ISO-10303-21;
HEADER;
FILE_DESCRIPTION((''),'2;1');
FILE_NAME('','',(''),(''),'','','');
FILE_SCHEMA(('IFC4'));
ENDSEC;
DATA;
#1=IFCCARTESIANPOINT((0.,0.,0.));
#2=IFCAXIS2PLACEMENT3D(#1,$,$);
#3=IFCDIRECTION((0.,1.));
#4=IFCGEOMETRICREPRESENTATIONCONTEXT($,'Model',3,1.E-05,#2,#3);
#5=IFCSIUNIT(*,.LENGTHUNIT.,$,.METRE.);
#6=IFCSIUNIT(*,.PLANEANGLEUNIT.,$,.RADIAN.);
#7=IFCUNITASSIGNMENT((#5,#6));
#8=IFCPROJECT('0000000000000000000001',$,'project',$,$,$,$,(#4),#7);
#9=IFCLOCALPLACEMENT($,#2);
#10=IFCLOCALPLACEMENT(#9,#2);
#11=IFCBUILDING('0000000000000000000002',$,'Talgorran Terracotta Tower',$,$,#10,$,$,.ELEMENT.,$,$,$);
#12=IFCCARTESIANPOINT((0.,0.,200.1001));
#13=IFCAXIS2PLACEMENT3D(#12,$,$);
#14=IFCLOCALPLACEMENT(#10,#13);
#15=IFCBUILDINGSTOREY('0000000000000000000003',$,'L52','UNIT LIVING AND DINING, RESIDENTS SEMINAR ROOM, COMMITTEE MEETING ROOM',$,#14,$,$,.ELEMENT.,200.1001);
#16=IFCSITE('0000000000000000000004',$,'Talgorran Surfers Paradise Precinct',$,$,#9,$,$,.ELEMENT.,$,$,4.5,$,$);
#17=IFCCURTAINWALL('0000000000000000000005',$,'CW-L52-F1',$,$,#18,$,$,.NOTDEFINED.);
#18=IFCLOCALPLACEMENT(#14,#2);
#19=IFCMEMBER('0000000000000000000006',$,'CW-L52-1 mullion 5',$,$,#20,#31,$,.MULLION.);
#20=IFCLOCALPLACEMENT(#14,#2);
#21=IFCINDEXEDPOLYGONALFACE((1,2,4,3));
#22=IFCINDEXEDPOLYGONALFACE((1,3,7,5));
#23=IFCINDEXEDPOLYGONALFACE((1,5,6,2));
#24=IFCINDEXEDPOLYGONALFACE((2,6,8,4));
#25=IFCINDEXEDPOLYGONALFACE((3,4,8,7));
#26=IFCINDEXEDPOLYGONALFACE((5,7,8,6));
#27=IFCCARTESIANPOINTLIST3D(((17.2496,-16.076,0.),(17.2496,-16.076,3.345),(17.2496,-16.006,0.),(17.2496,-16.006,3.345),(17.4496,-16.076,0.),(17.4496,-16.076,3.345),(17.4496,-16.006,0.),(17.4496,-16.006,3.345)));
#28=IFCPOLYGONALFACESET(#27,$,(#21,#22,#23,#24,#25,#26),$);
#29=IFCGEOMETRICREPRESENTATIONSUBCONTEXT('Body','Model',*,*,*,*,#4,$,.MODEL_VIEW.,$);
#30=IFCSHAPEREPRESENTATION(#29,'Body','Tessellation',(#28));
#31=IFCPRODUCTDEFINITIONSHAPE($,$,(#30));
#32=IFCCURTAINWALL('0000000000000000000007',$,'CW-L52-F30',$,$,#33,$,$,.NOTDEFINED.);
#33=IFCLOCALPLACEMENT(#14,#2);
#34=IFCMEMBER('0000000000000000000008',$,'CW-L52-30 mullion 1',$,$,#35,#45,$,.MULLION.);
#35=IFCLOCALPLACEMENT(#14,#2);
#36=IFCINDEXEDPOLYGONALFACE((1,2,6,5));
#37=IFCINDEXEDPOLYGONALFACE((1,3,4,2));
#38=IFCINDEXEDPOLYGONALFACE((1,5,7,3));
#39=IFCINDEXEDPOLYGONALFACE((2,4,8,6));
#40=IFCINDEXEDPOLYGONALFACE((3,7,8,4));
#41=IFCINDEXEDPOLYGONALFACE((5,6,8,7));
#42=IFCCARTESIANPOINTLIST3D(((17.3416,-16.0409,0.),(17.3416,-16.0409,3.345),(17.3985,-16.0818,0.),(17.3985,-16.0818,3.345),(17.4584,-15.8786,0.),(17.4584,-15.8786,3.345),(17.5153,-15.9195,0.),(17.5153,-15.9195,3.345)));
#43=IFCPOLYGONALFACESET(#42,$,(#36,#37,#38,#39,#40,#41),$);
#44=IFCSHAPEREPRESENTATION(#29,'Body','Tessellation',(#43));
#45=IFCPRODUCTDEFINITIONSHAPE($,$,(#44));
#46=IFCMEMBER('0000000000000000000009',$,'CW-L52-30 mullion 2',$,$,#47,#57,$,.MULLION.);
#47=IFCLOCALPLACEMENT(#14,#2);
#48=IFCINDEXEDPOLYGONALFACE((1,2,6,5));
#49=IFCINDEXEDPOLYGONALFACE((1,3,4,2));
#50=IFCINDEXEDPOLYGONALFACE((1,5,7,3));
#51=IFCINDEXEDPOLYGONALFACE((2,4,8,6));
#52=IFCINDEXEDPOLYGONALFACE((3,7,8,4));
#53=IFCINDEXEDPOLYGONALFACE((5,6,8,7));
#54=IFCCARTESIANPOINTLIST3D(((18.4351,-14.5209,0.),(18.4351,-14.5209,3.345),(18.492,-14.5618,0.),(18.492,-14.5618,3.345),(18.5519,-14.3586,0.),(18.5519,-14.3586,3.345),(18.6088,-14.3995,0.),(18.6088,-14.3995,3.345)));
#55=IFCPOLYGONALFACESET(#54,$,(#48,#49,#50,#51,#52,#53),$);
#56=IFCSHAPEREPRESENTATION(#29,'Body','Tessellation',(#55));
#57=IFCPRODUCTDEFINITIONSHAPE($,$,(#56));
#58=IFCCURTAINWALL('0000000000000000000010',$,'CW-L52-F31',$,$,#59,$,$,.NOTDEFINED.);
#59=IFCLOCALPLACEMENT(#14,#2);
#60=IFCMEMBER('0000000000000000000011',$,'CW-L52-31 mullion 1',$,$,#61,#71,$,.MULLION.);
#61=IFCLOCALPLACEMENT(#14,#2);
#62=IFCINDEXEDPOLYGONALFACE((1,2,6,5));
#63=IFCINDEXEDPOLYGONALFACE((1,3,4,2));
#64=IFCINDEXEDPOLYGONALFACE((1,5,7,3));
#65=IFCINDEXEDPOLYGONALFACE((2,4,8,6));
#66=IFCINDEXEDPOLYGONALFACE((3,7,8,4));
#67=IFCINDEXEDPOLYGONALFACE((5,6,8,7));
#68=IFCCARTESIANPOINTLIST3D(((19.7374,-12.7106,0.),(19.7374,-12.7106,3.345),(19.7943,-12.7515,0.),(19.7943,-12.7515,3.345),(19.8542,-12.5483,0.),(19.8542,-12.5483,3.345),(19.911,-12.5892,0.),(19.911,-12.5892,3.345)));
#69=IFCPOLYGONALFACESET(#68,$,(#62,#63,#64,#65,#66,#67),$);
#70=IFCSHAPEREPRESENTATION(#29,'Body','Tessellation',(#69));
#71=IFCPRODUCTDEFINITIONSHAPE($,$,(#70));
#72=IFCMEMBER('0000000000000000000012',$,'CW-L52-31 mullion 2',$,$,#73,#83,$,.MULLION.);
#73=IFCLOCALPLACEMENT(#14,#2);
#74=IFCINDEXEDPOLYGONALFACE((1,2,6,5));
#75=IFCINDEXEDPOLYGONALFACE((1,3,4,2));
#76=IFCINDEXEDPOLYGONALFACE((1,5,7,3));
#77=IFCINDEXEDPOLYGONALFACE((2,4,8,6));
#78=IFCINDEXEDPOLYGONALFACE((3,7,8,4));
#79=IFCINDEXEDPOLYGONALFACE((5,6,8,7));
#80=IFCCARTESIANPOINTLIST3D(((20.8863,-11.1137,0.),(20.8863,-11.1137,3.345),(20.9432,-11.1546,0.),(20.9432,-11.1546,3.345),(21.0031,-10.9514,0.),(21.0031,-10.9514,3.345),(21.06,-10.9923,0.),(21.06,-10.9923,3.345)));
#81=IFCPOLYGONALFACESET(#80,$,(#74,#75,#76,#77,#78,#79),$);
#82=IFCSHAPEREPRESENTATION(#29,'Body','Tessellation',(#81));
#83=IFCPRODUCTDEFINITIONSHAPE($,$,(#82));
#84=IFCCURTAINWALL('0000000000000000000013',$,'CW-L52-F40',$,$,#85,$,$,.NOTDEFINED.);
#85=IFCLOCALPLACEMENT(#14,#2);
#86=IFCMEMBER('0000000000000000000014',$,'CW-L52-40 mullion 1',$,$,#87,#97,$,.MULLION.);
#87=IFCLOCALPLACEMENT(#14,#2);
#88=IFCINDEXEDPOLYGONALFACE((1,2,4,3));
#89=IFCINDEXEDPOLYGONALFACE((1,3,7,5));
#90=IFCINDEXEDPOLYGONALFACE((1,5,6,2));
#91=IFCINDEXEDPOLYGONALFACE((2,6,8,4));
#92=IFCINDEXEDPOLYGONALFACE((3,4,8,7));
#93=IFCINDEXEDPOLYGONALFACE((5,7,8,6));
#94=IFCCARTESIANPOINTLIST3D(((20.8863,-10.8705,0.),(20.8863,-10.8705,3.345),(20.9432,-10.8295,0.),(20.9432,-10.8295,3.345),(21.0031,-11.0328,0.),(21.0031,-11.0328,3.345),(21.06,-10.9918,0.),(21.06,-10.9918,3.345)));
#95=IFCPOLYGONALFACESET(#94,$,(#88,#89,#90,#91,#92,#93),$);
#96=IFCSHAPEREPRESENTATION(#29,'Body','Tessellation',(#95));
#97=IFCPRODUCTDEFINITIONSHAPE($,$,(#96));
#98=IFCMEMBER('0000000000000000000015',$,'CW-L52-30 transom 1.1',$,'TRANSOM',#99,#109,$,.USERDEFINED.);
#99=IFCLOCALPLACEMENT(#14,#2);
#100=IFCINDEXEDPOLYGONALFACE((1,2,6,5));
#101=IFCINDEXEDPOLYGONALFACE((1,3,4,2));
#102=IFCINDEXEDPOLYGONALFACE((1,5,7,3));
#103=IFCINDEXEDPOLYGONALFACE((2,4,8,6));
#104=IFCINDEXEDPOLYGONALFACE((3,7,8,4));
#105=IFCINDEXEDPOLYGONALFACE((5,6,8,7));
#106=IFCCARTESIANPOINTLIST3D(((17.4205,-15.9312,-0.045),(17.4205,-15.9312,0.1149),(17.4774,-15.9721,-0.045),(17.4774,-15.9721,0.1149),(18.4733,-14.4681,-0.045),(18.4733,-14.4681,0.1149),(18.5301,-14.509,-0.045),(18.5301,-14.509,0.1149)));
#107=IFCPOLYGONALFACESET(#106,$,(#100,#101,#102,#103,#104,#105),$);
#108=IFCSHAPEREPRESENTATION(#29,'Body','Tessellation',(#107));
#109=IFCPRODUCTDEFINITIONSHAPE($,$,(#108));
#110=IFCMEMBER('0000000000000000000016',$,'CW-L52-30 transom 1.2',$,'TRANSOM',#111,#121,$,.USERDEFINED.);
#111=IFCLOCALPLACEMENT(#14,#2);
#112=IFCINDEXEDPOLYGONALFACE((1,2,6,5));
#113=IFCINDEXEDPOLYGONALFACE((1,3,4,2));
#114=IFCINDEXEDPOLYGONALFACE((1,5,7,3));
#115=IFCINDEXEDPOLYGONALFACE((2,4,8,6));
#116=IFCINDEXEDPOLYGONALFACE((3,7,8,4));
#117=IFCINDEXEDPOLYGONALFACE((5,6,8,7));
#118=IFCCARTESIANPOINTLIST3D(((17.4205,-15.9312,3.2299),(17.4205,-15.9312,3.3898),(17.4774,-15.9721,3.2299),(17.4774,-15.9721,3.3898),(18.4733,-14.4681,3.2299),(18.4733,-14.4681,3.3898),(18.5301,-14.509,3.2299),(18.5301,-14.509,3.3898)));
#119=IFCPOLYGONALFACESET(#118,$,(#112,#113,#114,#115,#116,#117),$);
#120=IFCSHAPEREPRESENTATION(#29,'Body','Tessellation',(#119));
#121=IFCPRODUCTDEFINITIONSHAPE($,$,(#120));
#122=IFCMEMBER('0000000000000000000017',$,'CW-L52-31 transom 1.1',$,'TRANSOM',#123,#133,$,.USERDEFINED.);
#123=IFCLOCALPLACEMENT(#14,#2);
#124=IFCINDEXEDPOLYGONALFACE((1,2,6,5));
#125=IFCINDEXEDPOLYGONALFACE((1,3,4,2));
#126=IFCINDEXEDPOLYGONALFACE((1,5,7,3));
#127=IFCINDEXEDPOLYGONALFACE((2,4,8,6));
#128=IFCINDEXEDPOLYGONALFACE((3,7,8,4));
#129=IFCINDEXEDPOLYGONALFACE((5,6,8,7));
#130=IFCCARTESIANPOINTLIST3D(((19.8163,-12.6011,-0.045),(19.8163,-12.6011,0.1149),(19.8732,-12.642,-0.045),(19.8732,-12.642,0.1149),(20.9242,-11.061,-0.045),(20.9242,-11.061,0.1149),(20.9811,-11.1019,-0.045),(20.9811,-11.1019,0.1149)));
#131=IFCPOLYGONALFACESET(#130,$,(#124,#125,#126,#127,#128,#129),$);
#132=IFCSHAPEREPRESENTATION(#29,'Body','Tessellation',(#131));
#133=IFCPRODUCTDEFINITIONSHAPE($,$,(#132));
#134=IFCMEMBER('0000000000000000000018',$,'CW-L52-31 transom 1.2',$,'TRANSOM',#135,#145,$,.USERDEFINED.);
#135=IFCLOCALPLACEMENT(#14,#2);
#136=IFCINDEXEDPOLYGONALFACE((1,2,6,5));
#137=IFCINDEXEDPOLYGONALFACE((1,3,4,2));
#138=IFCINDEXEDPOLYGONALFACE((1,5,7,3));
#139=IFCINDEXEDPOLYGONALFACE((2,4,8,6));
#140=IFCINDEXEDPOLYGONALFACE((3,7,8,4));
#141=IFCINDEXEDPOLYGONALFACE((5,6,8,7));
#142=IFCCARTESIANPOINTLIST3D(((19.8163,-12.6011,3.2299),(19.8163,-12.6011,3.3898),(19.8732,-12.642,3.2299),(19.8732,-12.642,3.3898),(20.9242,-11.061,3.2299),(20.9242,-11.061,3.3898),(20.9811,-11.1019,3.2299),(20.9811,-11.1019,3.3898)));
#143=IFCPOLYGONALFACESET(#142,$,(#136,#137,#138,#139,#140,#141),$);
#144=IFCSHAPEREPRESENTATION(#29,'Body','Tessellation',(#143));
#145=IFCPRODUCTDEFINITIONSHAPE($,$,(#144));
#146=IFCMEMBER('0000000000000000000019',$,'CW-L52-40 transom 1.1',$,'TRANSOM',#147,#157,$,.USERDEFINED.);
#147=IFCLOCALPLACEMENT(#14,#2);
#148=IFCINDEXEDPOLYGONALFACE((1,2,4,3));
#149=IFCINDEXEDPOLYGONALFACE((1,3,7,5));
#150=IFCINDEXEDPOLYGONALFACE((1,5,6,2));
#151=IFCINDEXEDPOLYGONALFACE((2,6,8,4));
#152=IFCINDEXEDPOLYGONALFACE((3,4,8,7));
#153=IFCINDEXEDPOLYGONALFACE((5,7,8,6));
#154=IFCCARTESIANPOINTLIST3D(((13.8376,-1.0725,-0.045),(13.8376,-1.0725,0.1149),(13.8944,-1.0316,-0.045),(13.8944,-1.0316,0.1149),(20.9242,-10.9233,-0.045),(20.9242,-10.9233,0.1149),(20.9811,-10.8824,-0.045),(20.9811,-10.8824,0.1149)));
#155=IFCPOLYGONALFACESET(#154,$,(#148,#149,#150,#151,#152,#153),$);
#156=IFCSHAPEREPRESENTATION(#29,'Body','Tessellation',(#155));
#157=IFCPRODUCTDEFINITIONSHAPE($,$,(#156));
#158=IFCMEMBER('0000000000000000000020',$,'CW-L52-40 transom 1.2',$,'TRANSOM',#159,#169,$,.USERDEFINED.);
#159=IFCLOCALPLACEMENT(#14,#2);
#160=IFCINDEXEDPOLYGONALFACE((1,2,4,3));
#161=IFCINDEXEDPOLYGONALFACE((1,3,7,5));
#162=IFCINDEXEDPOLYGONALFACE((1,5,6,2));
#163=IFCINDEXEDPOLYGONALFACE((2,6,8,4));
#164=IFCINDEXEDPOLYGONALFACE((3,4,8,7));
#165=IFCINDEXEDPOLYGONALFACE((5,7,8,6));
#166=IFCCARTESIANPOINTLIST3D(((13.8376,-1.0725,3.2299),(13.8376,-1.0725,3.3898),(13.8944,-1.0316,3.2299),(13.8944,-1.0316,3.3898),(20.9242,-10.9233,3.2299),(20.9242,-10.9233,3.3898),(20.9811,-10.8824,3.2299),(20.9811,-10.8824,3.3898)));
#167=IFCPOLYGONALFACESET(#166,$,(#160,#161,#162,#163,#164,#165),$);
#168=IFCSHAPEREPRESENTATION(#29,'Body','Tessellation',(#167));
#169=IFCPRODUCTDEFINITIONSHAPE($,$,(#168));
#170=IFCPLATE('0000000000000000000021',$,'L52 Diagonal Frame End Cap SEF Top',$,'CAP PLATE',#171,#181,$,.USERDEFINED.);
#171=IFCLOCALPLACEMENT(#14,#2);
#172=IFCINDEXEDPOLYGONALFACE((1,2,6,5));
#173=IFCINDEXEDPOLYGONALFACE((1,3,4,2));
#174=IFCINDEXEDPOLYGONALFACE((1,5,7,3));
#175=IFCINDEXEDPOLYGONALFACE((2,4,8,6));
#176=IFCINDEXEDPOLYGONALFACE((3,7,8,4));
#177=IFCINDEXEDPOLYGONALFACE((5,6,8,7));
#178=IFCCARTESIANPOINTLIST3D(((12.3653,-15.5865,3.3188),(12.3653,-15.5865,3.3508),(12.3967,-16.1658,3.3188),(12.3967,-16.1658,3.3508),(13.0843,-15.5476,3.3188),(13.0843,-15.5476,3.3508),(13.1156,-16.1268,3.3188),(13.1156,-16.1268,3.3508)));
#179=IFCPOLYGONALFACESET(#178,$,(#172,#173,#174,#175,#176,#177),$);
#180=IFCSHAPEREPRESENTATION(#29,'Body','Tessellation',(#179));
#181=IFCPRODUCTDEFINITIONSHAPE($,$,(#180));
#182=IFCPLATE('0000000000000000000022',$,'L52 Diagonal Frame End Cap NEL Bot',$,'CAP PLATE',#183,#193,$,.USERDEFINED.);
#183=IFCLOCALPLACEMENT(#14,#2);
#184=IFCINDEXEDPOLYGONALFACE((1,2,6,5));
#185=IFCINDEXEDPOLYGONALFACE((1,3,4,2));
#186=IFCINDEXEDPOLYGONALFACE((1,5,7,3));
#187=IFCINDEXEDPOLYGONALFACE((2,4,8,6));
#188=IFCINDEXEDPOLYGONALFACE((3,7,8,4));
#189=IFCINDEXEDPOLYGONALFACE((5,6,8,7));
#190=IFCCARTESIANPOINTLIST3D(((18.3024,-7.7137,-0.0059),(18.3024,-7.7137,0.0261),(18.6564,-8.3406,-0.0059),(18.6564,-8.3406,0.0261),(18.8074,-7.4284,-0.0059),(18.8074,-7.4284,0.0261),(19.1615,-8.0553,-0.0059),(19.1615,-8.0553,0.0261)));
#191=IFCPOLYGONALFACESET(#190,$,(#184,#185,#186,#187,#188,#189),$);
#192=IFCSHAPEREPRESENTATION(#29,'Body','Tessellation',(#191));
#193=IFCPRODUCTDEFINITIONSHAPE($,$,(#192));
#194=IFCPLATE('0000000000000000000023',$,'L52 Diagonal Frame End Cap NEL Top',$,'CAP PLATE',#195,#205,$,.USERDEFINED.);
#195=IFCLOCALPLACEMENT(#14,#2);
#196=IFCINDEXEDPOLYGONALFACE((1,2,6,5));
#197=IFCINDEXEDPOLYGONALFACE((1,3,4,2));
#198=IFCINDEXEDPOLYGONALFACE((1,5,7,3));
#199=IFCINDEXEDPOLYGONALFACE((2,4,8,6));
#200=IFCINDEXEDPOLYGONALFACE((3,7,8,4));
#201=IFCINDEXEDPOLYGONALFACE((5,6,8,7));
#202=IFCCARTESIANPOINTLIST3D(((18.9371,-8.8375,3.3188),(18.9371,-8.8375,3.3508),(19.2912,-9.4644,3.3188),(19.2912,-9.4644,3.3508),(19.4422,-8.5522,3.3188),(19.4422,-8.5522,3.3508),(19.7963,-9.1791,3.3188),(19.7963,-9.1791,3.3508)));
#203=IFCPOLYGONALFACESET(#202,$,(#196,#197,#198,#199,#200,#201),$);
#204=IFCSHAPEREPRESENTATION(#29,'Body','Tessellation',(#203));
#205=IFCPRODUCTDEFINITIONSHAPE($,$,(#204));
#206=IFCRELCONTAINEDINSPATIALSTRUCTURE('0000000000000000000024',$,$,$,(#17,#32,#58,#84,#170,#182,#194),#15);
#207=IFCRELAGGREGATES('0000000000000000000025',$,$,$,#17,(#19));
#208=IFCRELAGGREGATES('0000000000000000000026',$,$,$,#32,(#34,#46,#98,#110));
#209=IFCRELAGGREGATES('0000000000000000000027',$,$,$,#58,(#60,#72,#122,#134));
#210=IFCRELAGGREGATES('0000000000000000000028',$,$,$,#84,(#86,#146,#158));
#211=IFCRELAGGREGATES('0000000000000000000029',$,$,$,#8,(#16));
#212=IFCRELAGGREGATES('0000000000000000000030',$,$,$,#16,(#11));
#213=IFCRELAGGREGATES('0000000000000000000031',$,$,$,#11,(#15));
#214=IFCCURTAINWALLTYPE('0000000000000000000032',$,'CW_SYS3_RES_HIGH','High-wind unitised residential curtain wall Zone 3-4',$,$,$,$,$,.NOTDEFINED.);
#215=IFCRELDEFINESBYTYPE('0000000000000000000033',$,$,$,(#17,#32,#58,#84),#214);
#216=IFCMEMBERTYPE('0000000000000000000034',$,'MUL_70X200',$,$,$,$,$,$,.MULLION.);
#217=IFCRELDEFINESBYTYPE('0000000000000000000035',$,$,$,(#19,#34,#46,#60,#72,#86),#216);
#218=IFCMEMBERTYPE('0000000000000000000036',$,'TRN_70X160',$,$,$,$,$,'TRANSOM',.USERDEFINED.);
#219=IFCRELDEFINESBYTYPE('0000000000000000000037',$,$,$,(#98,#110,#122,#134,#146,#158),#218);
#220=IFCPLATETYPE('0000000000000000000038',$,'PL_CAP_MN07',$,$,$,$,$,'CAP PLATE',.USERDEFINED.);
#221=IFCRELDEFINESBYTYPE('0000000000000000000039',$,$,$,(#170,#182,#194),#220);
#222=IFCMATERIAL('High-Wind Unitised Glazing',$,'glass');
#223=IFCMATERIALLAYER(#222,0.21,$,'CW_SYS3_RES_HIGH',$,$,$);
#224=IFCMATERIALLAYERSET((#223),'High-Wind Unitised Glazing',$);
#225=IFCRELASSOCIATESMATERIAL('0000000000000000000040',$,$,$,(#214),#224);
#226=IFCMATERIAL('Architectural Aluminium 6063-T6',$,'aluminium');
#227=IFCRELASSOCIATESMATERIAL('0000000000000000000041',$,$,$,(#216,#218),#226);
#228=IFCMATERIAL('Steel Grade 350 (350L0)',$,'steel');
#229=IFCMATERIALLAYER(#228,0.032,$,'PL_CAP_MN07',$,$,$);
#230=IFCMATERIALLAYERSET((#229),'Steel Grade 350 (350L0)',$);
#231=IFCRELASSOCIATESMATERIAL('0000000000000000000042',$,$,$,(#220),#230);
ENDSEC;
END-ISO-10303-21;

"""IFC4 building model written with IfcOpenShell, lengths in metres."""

from ifc_helpers import new_model, si_unit, direction, frame, origin, origin_2d, place, context, subcontext, project, spatial, rectangle, extrude, material, layer, layer_set, material_profile, profile_set, type_object, element, aggregate, save


model = new_model("IFC4")

# Units and contexts
model_context = context("Model", 3, precision=1e-05, world=origin(), true_north=direction((0.0, 1.0)))
body_context = subcontext(model_context, "Body", "Model", "MODEL_VIEW")
ifc_project = project(units=[si_unit("LENGTHUNIT", "METRE"), si_unit("PLANEANGLEUNIT", "RADIAN")], contexts=[model_context])

# Site, building, storey
site_placement = place(None, origin())
site = spatial("IfcSite", under=ifc_project, at=site_placement, Name="Talgorran Surfers Paradise Precinct", CompositionType="ELEMENT", RefElevation=4.5)
building_placement = place(site_placement, origin())
building = spatial("IfcBuilding", under=site, at=building_placement, Name="Talgorran Terracotta Tower", CompositionType="ELEMENT")
storey_placement = place(building_placement, frame((0.0, 0.0, 200.1001)))
storey = spatial("IfcBuildingStorey", under=building, at=storey_placement, Name="L52", Description="UNIT LIVING AND DINING, RESIDENTS SEMINAR ROOM, COMMITTEE MEETING ROOM", CompositionType="ELEMENT", Elevation=200.1001)

# Shared definitions
ifc_material_1 = material(Name="Steel Grade 350 (350L0)", Category="steel")

# Curtain wall, member
ifc_material_2 = material(Name="High-Wind Unitised Glazing", Category="glass")
ifc_layer_1 = layer(ifc_material_2, 0.21, Name="CW_SYS3_RES_HIGH")
ifc_layer_set_1 = layer_set([ifc_layer_1], Name="High-Wind Unitised Glazing")
curtain_wall_type = type_object("IfcCurtainWallType", Name="CW_SYS3_RES_HIGH", Description="High-wind unitised residential curtain wall Zone 3-4", PredefinedType="NOTDEFINED", material=ifc_layer_set_1)
curtain_wall_1_placement = place(storey_placement, origin())
curtain_wall_1 = element("IfcCurtainWall", 1, at=curtain_wall_1_placement, inside=storey, type_object=curtain_wall_type, Name="CW-L52-F1", PredefinedType="NOTDEFINED")
ifc_material_3 = material(Name="Architectural Aluminium 6063-T6", Category="aluminium")
ifc_material_profile_1 = material_profile(ifc_material_3, rectangle(XDim=0.0701, YDim=0.2, at=origin_2d()), Name="CWM70X200")
ifc_profile_set_1 = profile_set([ifc_material_profile_1], Name="Architectural Aluminium 6063-T6")
member_type_1 = type_object("IfcMemberType", Name="MUL_70X200", PredefinedType="MULLION", material=ifc_profile_set_1)
member_1_placement = place(storey_placement, frame((17.3496, -16.041, 0.0), z_axis=(0.0, 0.0, 1.0), x_axis=(0.0, 1.0, 0.0)))
member_1 = element("IfcMember", 2, at=member_1_placement, type_object=member_type_1, Name="CW-L52-1 mullion 5", PredefinedType="MULLION", context=body_context, shape_type="SweptSolid", body=[
    extrude(rectangle(XDim=0.0701, YDim=0.2, at=origin_2d()), origin(), (0.0, 0.0, 1.0), 3.345),
])

# Curtain walls, members
curtain_wall_2_placement = place(storey_placement, origin())
curtain_wall_2 = element("IfcCurtainWall", 3, at=curtain_wall_2_placement, inside=storey, type_object=curtain_wall_type, Name="CW-L52-F30", PredefinedType="NOTDEFINED")
member_2_placement = place(storey_placement, frame((17.4285, -15.9802, 0.0), z_axis=(0.0, 0.0, 1.0), x_axis=(-0.811771, 0.583976, 0.0)))
member_2 = element("IfcMember", 4, at=member_2_placement, type_object=member_type_1, Name="CW-L52-30 mullion 1", PredefinedType="MULLION", context=body_context, shape_type="SweptSolid", body=[
    extrude(rectangle(XDim=0.0701, YDim=0.2, at=origin_2d()), origin(), (0.0, 0.0, 1.0), 3.345),
])
member_3_placement = place(storey_placement, frame((18.522, -14.4602, 0.0), z_axis=(0.0, 0.0, 1.0), x_axis=(-0.811771, 0.583976, 0.0)))
member_3 = element("IfcMember", 5, at=member_3_placement, type_object=member_type_1, Name="CW-L52-30 mullion 2", PredefinedType="MULLION", context=body_context, shape_type="SweptSolid", body=[
    extrude(rectangle(XDim=0.0701, YDim=0.2, at=origin_2d()), origin(), (0.0, 0.0, 1.0), 3.345),
])
curtain_wall_3_placement = place(storey_placement, origin())
curtain_wall_3 = element("IfcCurtainWall", 6, at=curtain_wall_3_placement, inside=storey, type_object=curtain_wall_type, Name="CW-L52-F31", PredefinedType="NOTDEFINED")
member_4_placement = place(storey_placement, frame((19.8242, -12.6499, 0.0), z_axis=(0.0, 0.0, 1.0), x_axis=(-0.811782, 0.583961, 0.0)))
member_4 = element("IfcMember", 7, at=member_4_placement, type_object=member_type_1, Name="CW-L52-31 mullion 1", PredefinedType="MULLION", context=body_context, shape_type="SweptSolid", body=[
    extrude(rectangle(XDim=0.0701, YDim=0.2, at=origin_2d()), origin(), (0.0, 0.0, 1.0), 3.345),
])
member_5_placement = place(storey_placement, frame((20.9731, -11.053, 0.0), z_axis=(0.0, 0.0, 1.0), x_axis=(-0.811782, 0.583961, 0.0)))
member_5 = element("IfcMember", 8, at=member_5_placement, type_object=member_type_1, Name="CW-L52-31 mullion 2", PredefinedType="MULLION", context=body_context, shape_type="SweptSolid", body=[
    extrude(rectangle(XDim=0.0701, YDim=0.2, at=origin_2d()), origin(), (0.0, 0.0, 1.0), 3.345),
])

# Curtain wall, member
curtain_wall_4_placement = place(storey_placement, origin())
curtain_wall_4 = element("IfcCurtainWall", 9, at=curtain_wall_4_placement, inside=storey, type_object=curtain_wall_type, Name="CW-L52-F40", PredefinedType="NOTDEFINED")
member_6_placement = place(storey_placement, frame((20.9731, -10.9312, 0.0), z_axis=(0.0, 0.0, 1.0), x_axis=(-0.811764, -0.583986, 0.0)))
member_6 = element("IfcMember", 10, at=member_6_placement, type_object=member_type_1, Name="CW-L52-40 mullion 1", PredefinedType="MULLION", context=body_context, shape_type="SweptSolid", body=[
    extrude(rectangle(XDim=0.0701, YDim=0.2, at=origin_2d()), origin(), (0.0, 0.0, 1.0), 3.345),
])

# Members
ifc_material_profile_2 = material_profile(ifc_material_3, rectangle(XDim=0.0701, YDim=0.1599, at=origin_2d()), Name="CWT70X160")
ifc_profile_set_2 = profile_set([ifc_material_profile_2], Name="Architectural Aluminium 6063-T6")
member_type_2 = type_object("IfcMemberType", Name="TRN_70X160", ElementType="TRANSOM", PredefinedType="USERDEFINED", material=ifc_profile_set_2)
member_7_placement = place(storey_placement, frame((17.449, -15.9517, 0.0349), z_axis=(0.584041, 0.811724, 0.0), x_axis=(-0.811724, 0.584041, 0.0)))
member_7 = element("IfcMember", 11, at=member_7_placement, type_object=member_type_2, Name="CW-L52-30 transom 1.1", ObjectType="TRANSOM", PredefinedType="USERDEFINED", context=body_context, shape_type="SweptSolid", body=[
    extrude(rectangle(XDim=0.0701, YDim=0.1599, at=origin_2d()), origin(), (0.0, 0.0, 1.0), 1.8025),
])
member_8_placement = place(storey_placement, frame((17.449, -15.9517, 3.3098), z_axis=(0.584041, 0.811724, 0.0), x_axis=(-0.811724, 0.584041, 0.0)))
member_8 = element("IfcMember", 12, at=member_8_placement, type_object=member_type_2, Name="CW-L52-30 transom 1.2", ObjectType="TRANSOM", PredefinedType="USERDEFINED", context=body_context, shape_type="SweptSolid", body=[
    extrude(rectangle(XDim=0.0701, YDim=0.1599, at=origin_2d()), origin(), (0.0, 0.0, 1.0), 1.8025),
])
member_9_placement = place(storey_placement, frame((19.8447, -12.6216, 0.0349), z_axis=(0.583986, 0.811764, 0.0), x_axis=(-0.811764, 0.583986, 0.0)))
member_9 = element("IfcMember", 13, at=member_9_placement, type_object=member_type_2, Name="CW-L52-31 transom 1.1", ObjectType="TRANSOM", PredefinedType="USERDEFINED", context=body_context, shape_type="SweptSolid", body=[
    extrude(rectangle(XDim=0.0701, YDim=0.1599, at=origin_2d()), origin(), (0.0, 0.0, 1.0), 1.8972),
])
member_10_placement = place(storey_placement, frame((19.8447, -12.6216, 3.3098), z_axis=(0.583986, 0.811764, 0.0), x_axis=(-0.811764, 0.583986, 0.0)))
member_10 = element("IfcMember", 14, at=member_10_placement, type_object=member_type_2, Name="CW-L52-31 transom 1.2", ObjectType="TRANSOM", PredefinedType="USERDEFINED", context=body_context, shape_type="SweptSolid", body=[
    extrude(rectangle(XDim=0.0701, YDim=0.1599, at=origin_2d()), origin(), (0.0, 0.0, 1.0), 1.8972),
])
member_11_placement = place(storey_placement, frame((20.9526, -10.9028, 0.0349), z_axis=(-0.583983, 0.811766, 0.0), x_axis=(-0.811766, -0.583983, 0.0)))
member_11 = element("IfcMember", 15, at=member_11_placement, type_object=member_type_2, Name="CW-L52-40 transom 1.1", ObjectType="TRANSOM", PredefinedType="USERDEFINED", context=body_context, shape_type="SweptSolid", body=[
    extrude(rectangle(XDim=0.0701, YDim=0.1599, at=origin_2d()), origin(), (0.0, 0.0, 1.0), 12.135),
])
member_12_placement = place(storey_placement, frame((20.9526, -10.9028, 3.3098), z_axis=(-0.583983, 0.811766, 0.0), x_axis=(-0.811766, -0.583983, 0.0)))
member_12 = element("IfcMember", 16, at=member_12_placement, type_object=member_type_2, Name="CW-L52-40 transom 1.2", ObjectType="TRANSOM", PredefinedType="USERDEFINED", context=body_context, shape_type="SweptSolid", body=[
    extrude(rectangle(XDim=0.0701, YDim=0.1599, at=origin_2d()), origin(), (0.0, 0.0, 1.0), 12.135),
])

# Plates
ifc_layer_2 = layer(ifc_material_1, 0.032, Name="PL_CAP_MN07")
ifc_layer_set_2 = layer_set([ifc_layer_2], Name="Steel Grade 350 (350L0)")
plate_type_1 = type_object("IfcPlateType", Name="PL_CAP_MN07", ElementType="CAP PLATE", PredefinedType="USERDEFINED", material=ifc_layer_set_2)
for number, where, z_axis, x_axis, name in (
    (17, (12.7405, -15.8567, 3.3188), (0.0, 0.0, 1.0), (0.998537, 0.054079, 0.0), "L52 Diagonal Frame End Cap SEF Top"),
    (18, (18.7319, -7.8845, -0.0059), (0.0, 0.0, 1.0), (0.491816, -0.870699, 0.0), "L52 Diagonal Frame End Cap NEL Bot"),
    (19, (19.3667, -9.0083, 3.3188), (0.0, 0.0, 1.0), (0.491816, -0.870699, 0.0), "L52 Diagonal Frame End Cap NEL Top"),
):
    element("IfcPlate", number, at=place(storey_placement, frame(where, z_axis=z_axis, x_axis=x_axis)), inside=storey, type_object=plate_type_1, Name=name, ObjectType="CAP PLATE", PredefinedType="USERDEFINED", context=body_context, shape_type="SweptSolid", body=[
        extrude(rectangle(XDim=0.72, YDim=0.5801, at=origin_2d()), origin(), (0.0, 0.0, 1.0), 0.032),
    ])

aggregate(curtain_wall_1, [member_1])
aggregate(curtain_wall_2, [member_2, member_3, member_7, member_8])
aggregate(curtain_wall_3, [member_4, member_5, member_9, member_10])
aggregate(curtain_wall_4, [member_6, member_11, member_12])

save(model, "model.ifc")
